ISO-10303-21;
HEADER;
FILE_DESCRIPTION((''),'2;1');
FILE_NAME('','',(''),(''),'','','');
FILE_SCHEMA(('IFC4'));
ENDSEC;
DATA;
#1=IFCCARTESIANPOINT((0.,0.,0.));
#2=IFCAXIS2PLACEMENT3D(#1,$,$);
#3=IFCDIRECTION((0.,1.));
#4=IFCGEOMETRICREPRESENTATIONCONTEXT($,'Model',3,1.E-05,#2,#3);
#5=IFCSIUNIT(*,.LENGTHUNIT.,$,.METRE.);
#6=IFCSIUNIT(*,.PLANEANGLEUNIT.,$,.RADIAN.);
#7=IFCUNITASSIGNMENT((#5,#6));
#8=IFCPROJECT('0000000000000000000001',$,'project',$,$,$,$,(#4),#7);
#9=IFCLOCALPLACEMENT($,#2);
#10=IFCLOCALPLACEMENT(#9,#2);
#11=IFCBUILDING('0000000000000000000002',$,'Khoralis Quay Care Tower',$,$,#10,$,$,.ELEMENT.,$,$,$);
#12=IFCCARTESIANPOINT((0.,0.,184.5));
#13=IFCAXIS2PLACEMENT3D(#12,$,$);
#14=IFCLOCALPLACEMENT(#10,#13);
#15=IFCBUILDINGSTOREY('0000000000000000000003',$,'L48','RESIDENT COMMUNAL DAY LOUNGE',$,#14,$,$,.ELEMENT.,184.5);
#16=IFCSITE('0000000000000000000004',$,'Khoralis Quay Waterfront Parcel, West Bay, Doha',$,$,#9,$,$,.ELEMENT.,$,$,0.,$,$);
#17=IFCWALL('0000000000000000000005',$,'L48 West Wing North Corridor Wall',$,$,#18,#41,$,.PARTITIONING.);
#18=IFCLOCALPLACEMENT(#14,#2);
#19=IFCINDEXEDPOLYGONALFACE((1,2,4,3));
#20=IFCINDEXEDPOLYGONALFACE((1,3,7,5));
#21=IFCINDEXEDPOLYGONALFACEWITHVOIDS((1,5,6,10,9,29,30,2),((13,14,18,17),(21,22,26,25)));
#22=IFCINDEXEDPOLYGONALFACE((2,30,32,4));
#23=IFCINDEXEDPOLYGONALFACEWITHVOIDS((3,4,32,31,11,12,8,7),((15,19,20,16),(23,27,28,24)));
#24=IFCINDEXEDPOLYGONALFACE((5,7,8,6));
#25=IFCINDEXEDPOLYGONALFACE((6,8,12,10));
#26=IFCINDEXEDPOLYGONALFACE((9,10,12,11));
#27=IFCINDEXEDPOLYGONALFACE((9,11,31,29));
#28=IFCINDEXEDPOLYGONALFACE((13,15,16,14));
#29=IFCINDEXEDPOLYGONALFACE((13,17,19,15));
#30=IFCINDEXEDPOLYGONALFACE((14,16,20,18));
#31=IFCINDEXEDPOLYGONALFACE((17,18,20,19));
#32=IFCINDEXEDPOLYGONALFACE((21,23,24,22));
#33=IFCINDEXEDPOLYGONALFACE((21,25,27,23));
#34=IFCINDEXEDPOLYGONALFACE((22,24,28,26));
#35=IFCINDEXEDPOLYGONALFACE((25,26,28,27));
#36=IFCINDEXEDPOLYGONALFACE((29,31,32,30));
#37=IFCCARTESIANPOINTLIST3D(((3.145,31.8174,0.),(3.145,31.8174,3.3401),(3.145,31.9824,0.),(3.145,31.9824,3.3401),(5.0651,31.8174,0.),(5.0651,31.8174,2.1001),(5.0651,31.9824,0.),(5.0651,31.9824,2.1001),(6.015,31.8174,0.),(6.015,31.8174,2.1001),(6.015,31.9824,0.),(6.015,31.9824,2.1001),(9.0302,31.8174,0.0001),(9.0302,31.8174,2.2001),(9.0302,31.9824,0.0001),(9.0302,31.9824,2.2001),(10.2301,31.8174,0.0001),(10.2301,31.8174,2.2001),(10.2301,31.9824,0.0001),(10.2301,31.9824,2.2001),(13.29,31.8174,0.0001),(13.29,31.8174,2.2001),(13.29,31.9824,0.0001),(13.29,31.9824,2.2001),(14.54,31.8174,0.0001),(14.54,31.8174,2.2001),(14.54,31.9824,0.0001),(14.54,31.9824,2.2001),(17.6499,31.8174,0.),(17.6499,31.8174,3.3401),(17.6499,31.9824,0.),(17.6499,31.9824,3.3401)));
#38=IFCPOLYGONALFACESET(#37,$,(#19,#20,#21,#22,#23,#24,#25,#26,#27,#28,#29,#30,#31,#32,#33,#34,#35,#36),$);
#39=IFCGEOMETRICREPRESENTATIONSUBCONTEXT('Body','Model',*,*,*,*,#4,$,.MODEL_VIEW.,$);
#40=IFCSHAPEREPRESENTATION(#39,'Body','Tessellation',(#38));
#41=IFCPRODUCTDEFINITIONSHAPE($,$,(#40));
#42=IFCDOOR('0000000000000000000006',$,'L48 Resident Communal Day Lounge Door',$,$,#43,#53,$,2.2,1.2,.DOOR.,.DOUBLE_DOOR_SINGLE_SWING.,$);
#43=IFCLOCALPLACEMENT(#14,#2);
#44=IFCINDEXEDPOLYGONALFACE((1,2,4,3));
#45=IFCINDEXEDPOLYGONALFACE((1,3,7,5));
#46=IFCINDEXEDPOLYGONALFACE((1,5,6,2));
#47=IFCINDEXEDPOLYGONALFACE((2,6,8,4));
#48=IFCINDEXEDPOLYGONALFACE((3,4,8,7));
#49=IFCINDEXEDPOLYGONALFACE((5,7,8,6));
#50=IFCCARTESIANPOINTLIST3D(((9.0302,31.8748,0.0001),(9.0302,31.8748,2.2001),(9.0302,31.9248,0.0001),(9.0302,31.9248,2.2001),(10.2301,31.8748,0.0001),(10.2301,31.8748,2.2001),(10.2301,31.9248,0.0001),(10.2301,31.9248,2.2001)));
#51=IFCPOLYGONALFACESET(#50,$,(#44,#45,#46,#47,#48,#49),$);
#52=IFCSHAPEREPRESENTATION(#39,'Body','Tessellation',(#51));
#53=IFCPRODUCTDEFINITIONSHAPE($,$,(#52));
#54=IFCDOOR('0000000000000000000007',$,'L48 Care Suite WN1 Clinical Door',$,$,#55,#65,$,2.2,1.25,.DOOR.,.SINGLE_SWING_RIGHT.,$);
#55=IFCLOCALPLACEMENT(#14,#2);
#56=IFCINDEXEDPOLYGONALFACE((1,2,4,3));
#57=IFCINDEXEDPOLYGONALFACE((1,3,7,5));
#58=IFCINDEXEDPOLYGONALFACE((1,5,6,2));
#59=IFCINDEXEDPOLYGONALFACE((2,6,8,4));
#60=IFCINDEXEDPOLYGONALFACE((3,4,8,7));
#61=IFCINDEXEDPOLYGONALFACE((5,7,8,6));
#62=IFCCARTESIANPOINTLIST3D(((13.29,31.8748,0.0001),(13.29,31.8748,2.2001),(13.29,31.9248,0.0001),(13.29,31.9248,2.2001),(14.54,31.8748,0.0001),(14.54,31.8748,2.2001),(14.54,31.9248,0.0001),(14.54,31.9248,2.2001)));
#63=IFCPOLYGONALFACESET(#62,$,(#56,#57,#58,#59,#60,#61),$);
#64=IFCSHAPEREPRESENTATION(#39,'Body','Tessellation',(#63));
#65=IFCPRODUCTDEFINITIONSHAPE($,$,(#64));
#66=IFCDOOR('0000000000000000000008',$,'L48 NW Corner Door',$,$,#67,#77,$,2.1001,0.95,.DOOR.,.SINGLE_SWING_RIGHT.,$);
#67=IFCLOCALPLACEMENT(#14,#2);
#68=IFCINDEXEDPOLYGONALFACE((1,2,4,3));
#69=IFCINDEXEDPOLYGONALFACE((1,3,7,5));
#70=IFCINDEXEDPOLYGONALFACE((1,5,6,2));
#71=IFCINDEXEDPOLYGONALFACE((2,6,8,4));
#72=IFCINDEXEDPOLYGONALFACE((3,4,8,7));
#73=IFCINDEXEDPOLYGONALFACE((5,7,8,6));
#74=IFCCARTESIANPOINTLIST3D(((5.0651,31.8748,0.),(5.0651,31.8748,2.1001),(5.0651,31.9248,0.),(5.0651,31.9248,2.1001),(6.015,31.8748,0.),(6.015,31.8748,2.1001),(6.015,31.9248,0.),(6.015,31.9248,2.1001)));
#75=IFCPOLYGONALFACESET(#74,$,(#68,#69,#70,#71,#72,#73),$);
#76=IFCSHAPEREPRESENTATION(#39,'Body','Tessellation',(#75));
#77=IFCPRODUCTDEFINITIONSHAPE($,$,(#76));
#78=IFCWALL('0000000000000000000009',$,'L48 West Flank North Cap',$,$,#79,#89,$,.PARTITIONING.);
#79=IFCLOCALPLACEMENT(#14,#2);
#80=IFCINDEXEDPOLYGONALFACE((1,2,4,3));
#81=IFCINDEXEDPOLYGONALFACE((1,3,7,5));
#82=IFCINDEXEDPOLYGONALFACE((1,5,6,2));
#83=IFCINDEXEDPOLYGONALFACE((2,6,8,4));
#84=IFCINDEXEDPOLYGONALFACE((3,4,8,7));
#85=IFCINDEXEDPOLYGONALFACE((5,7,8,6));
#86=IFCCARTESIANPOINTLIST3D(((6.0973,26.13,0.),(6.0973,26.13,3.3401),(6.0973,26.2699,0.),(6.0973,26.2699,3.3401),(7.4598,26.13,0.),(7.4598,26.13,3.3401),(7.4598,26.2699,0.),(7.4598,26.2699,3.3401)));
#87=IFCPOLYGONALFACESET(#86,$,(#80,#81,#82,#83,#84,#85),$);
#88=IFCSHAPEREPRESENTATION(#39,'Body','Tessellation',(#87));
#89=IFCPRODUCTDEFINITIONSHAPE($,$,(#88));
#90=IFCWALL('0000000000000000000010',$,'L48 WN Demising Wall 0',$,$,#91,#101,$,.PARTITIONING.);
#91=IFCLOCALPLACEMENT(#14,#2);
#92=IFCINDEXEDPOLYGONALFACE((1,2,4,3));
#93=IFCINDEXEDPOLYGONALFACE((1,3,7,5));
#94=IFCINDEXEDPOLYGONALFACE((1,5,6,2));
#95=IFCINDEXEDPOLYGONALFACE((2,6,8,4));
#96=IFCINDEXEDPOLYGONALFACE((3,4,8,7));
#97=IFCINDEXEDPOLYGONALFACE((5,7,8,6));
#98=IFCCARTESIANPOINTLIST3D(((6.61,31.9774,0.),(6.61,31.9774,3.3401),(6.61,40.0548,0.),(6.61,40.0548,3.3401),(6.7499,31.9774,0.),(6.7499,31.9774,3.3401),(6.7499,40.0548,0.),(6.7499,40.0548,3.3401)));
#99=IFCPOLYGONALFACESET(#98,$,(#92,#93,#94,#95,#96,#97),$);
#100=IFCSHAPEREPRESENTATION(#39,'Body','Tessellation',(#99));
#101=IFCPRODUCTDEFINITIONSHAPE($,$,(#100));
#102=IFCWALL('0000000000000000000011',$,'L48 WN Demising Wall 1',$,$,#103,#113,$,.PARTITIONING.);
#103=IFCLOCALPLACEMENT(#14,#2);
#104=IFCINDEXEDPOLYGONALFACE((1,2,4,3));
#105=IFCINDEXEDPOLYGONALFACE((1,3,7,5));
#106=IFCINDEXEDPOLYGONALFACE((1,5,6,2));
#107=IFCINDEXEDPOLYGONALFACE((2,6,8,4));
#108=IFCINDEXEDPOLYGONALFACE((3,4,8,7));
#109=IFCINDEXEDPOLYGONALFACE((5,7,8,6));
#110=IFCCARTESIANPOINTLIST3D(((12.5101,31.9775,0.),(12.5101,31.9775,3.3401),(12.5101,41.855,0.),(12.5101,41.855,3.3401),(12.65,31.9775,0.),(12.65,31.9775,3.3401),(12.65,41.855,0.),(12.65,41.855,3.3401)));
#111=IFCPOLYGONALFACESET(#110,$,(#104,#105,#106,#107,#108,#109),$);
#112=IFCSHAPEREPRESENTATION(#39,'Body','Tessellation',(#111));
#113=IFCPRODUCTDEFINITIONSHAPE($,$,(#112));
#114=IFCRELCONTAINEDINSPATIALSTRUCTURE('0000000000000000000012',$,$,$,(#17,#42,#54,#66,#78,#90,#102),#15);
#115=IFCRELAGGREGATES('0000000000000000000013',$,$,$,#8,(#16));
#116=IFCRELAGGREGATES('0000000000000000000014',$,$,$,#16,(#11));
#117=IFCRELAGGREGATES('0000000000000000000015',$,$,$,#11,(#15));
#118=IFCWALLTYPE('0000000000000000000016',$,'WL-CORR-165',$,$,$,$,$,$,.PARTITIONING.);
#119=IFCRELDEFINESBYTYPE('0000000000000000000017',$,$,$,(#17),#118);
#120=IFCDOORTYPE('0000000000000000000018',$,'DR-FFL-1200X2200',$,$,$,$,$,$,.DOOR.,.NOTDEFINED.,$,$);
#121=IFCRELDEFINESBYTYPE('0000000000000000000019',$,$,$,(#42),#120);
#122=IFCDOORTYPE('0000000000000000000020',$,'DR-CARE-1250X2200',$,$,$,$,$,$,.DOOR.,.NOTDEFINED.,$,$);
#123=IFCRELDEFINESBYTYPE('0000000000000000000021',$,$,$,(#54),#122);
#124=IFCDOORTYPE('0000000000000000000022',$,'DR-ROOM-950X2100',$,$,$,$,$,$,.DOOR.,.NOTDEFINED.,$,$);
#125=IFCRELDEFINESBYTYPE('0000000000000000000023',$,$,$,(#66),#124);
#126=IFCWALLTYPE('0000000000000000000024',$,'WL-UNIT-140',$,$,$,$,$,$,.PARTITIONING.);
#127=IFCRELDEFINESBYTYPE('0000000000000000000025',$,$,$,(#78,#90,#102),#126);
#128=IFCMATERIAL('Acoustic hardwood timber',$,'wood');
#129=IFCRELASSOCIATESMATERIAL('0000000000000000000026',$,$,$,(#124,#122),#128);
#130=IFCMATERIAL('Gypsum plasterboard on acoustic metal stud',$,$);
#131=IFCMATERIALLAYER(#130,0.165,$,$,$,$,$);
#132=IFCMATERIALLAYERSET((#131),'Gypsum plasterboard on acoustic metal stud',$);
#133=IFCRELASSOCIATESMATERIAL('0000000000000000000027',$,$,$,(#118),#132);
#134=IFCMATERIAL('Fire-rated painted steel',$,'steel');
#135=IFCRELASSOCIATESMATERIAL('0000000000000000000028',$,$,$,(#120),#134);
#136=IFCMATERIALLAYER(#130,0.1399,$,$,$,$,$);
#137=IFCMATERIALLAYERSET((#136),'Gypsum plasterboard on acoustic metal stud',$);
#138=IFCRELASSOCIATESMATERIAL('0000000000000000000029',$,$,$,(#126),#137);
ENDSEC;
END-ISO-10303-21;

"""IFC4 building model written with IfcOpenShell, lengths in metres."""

from ifc_helpers import new_model, si_unit, direction, frame, frame_2d, origin, place, context, subcontext, project, spatial, rectangle, extrude, source, transform, mapped, material, layer, layer_set, type_object, element, fill, save


model = new_model("IFC4")

# Units and contexts
model_context = context("Model", 3, precision=1e-05, world=origin(), true_north=direction((0.0, 1.0)))
body_context = subcontext(model_context, "Body", "Model", "MODEL_VIEW")
ifc_project = project(units=[si_unit("LENGTHUNIT", "METRE"), si_unit("PLANEANGLEUNIT", "RADIAN")], contexts=[model_context])

# Site, building, storey
site_placement = place(None, origin())
site = spatial("IfcSite", under=ifc_project, at=site_placement, Name="Khoralis Quay Waterfront Parcel, West Bay, Doha", CompositionType="ELEMENT", RefElevation=0.0)
building_placement = place(site_placement, origin())
building = spatial("IfcBuilding", under=site, at=building_placement, Name="Khoralis Quay Care Tower", CompositionType="ELEMENT")
storey_placement = place(building_placement, frame((0.0, 0.0, 184.5)))
storey = spatial("IfcBuildingStorey", under=building, at=storey_placement, Name="L48", Description="RESIDENT COMMUNAL DAY LOUNGE", CompositionType="ELEMENT", Elevation=184.5)

# Shared definitions
ifc_material_1 = material(Name="Acoustic hardwood timber", Category="wood")
door_type_1 = type_object("IfcDoorType", Name="DR-ROOM-950X2100", OperationType="NOTDEFINED", PredefinedType="DOOR", material=ifc_material_1)
shared_shape_1 = source(origin(), body_context, "Body", "SweptSolid", [
    extrude(rectangle(XDim=0.95, YDim=2.1001, at=frame_2d((0.4751, 1.05))), frame((0.0, 0.0249, 0.0), z_axis=(0.0, -1.0, 0.0), x_axis=(1.0, 0.0, 0.0)), (0.0, 0.0, 1.0), 0.05),
])

# Shared definitions
ifc_material_2 = material(Name="Gypsum plasterboard on acoustic metal stud")
ifc_layer_1 = layer(ifc_material_2, 0.165)
ifc_layer_set_1 = layer_set([ifc_layer_1], Name="Gypsum plasterboard on acoustic metal stud")
wall_type_1 = type_object("IfcWallType", Name="WL-CORR-165", PredefinedType="PARTITIONING", material=ifc_layer_set_1)
ifc_material_3 = material(Name="Fire-rated painted steel", Category="steel")
door_type_2 = type_object("IfcDoorType", Name="DR-FFL-1200X2200", OperationType="NOTDEFINED", PredefinedType="DOOR", material=ifc_material_3)
shared_shape_2 = source(origin(), body_context, "Body", "SweptSolid", [
    extrude(rectangle(XDim=1.2, YDim=2.2, at=frame_2d((0.6001, 1.1001))), frame((0.0, 0.0249, 0.0), z_axis=(0.0, -1.0, 0.0), x_axis=(1.0, 0.0, 0.0)), (0.0, 0.0, 1.0), 0.05),
])

# Wall, openings, doors
wall_1_placement = place(storey_placement, frame((3.145, 31.8999, 0.0), z_axis=(0.0, 0.0, 1.0), x_axis=(1.0, 0.0, 0.0)))
wall_1 = element("IfcWall", 1, at=wall_1_placement, inside=storey, type_object=wall_type_1, Name="L48 West Wing North Corridor Wall", PredefinedType="PARTITIONING", context=body_context, shape_type="SweptSolid", body=[
    extrude(rectangle(XDim=14.5049, YDim=0.165, at=frame_2d((7.2524, 0.0))), origin(), (0.0, 0.0, 1.0), 3.3401),
])
opening_1_placement = place(wall_1_placement, frame((5.885, 0.0, 0.0)))
opening_1 = element("IfcOpeningElement", 2, at=opening_1_placement, cuts=wall_1, PredefinedType="OPENING", context=body_context, shape_type="SweptSolid", body=[
    extrude(rectangle(XDim=1.2, YDim=2.2, at=frame_2d((0.6001, 1.1001))), frame((0.0, 0.0925, 0.0), z_axis=(0.0, -1.0, 0.0), x_axis=(1.0, 0.0, 0.0)), (0.0, 0.0, 1.0), 0.1851),
])
opening_2_placement = place(wall_1_placement, frame((10.145, 0.0, 0.0)))
opening_2 = element("IfcOpeningElement", 3, at=opening_2_placement, cuts=wall_1, PredefinedType="OPENING", context=body_context, shape_type="SweptSolid", body=[
    extrude(rectangle(XDim=1.25, YDim=2.2, at=frame_2d((0.625, 1.1001))), frame((0.0, 0.0925, 0.0), z_axis=(0.0, -1.0, 0.0), x_axis=(1.0, 0.0, 0.0)), (0.0, 0.0, 1.0), 0.1851),
])
opening_3_placement = place(wall_1_placement, frame((1.9199, 0.0, 0.0)))
opening_3 = element("IfcOpeningElement", 4, at=opening_3_placement, cuts=wall_1, PredefinedType="OPENING", context=body_context, shape_type="SweptSolid", body=[
    extrude(rectangle(XDim=0.95, YDim=2.1001, at=frame_2d((0.4751, 1.05))), frame((0.0, 0.0925, 0.0), z_axis=(0.0, -1.0, 0.0), x_axis=(1.0, 0.0, 0.0)), (0.0, 0.0, 1.0), 0.1851),
])
door_1_placement = place(opening_1_placement, origin())
door_1 = element("IfcDoor", 5, at=door_1_placement, inside=storey, type_object=door_type_2, Name="L48 Resident Communal Day Lounge Door", OperationType="DOUBLE_DOOR_SINGLE_SWING", OverallHeight=2.2, OverallWidth=1.2, PredefinedType="DOOR", context=body_context, shape_type="MappedRepresentation", body=[
    mapped(shared_shape_2, transform((0.0, 0.0, 0.0), scale=1.0)),
])
fill(opening_1, door_1)
door_type_3 = type_object("IfcDoorType", Name="DR-CARE-1250X2200", OperationType="NOTDEFINED", PredefinedType="DOOR", material=ifc_material_1)
shared_shape_3 = source(origin(), body_context, "Body", "SweptSolid", [
    extrude(rectangle(XDim=1.25, YDim=2.2, at=frame_2d((0.625, 1.1001))), frame((0.0, 0.0249, 0.0), z_axis=(0.0, -1.0, 0.0), x_axis=(1.0, 0.0, 0.0)), (0.0, 0.0, 1.0), 0.05),
])
door_2_placement = place(opening_2_placement, origin())
door_2 = element("IfcDoor", 6, at=door_2_placement, inside=storey, type_object=door_type_3, Name="L48 Care Suite WN1 Clinical Door", OperationType="SINGLE_SWING_RIGHT", OverallHeight=2.2, OverallWidth=1.25, PredefinedType="DOOR", context=body_context, shape_type="MappedRepresentation", body=[
    mapped(shared_shape_3, transform((0.0, 0.0, 0.0), scale=1.0)),
])
fill(opening_2, door_2)
door_3_placement = place(opening_3_placement, origin())
door_3 = element("IfcDoor", 7, at=door_3_placement, inside=storey, type_object=door_type_1, Name="L48 NW Corner Door", OperationType="SINGLE_SWING_RIGHT", OverallHeight=2.1001, OverallWidth=0.95, PredefinedType="DOOR", context=body_context, shape_type="MappedRepresentation", body=[
    mapped(shared_shape_1, transform((0.0, 0.0, 0.0), scale=1.0)),
])
fill(opening_3, door_3)

# Walls
ifc_layer_2 = layer(ifc_material_2, 0.1399)
ifc_layer_set_2 = layer_set([ifc_layer_2], Name="Gypsum plasterboard on acoustic metal stud")
wall_type_2 = type_object("IfcWallType", Name="WL-UNIT-140", PredefinedType="PARTITIONING", material=ifc_layer_set_2)
wall_2_placement = place(storey_placement, frame((6.0974, 26.2, 0.0), z_axis=(0.0, 0.0, 1.0), x_axis=(1.0, 0.0, 0.0)))
element("IfcWall", 8, at=wall_2_placement, inside=storey, type_object=wall_type_2, Name="L48 West Flank North Cap", PredefinedType="PARTITIONING", context=body_context, shape_type="SweptSolid", body=[
    extrude(rectangle(XDim=1.3625, YDim=0.1399, at=frame_2d((0.6812, 0.0))), origin(), (0.0, 0.0, 1.0), 3.3401),
])
wall_3_placement = place(storey_placement, frame((6.6799, 31.9775, 0.0), z_axis=(0.0, 0.0, 1.0), x_axis=(0.0, 1.0, 0.0)))
element("IfcWall", 9, at=wall_3_placement, inside=storey, type_object=wall_type_2, Name="L48 WN Demising Wall 0", PredefinedType="PARTITIONING", context=body_context, shape_type="SweptSolid", body=[
    extrude(rectangle(XDim=8.0774, YDim=0.1399, at=frame_2d((4.0386, 0.0))), origin(), (0.0, 0.0, 1.0), 3.3401),
])
wall_4_placement = place(storey_placement, frame((12.5801, 31.9775, 0.0), z_axis=(0.0, 0.0, 1.0), x_axis=(0.0, 1.0, 0.0)))
element("IfcWall", 10, at=wall_4_placement, inside=storey, type_object=wall_type_2, Name="L48 WN Demising Wall 1", PredefinedType="PARTITIONING", context=body_context, shape_type="SweptSolid", body=[
    extrude(rectangle(XDim=9.8774, YDim=0.1399, at=frame_2d((4.9387, 0.0))), origin(), (0.0, 0.0, 1.0), 3.3401),
])

save(model, "model.ifc")
